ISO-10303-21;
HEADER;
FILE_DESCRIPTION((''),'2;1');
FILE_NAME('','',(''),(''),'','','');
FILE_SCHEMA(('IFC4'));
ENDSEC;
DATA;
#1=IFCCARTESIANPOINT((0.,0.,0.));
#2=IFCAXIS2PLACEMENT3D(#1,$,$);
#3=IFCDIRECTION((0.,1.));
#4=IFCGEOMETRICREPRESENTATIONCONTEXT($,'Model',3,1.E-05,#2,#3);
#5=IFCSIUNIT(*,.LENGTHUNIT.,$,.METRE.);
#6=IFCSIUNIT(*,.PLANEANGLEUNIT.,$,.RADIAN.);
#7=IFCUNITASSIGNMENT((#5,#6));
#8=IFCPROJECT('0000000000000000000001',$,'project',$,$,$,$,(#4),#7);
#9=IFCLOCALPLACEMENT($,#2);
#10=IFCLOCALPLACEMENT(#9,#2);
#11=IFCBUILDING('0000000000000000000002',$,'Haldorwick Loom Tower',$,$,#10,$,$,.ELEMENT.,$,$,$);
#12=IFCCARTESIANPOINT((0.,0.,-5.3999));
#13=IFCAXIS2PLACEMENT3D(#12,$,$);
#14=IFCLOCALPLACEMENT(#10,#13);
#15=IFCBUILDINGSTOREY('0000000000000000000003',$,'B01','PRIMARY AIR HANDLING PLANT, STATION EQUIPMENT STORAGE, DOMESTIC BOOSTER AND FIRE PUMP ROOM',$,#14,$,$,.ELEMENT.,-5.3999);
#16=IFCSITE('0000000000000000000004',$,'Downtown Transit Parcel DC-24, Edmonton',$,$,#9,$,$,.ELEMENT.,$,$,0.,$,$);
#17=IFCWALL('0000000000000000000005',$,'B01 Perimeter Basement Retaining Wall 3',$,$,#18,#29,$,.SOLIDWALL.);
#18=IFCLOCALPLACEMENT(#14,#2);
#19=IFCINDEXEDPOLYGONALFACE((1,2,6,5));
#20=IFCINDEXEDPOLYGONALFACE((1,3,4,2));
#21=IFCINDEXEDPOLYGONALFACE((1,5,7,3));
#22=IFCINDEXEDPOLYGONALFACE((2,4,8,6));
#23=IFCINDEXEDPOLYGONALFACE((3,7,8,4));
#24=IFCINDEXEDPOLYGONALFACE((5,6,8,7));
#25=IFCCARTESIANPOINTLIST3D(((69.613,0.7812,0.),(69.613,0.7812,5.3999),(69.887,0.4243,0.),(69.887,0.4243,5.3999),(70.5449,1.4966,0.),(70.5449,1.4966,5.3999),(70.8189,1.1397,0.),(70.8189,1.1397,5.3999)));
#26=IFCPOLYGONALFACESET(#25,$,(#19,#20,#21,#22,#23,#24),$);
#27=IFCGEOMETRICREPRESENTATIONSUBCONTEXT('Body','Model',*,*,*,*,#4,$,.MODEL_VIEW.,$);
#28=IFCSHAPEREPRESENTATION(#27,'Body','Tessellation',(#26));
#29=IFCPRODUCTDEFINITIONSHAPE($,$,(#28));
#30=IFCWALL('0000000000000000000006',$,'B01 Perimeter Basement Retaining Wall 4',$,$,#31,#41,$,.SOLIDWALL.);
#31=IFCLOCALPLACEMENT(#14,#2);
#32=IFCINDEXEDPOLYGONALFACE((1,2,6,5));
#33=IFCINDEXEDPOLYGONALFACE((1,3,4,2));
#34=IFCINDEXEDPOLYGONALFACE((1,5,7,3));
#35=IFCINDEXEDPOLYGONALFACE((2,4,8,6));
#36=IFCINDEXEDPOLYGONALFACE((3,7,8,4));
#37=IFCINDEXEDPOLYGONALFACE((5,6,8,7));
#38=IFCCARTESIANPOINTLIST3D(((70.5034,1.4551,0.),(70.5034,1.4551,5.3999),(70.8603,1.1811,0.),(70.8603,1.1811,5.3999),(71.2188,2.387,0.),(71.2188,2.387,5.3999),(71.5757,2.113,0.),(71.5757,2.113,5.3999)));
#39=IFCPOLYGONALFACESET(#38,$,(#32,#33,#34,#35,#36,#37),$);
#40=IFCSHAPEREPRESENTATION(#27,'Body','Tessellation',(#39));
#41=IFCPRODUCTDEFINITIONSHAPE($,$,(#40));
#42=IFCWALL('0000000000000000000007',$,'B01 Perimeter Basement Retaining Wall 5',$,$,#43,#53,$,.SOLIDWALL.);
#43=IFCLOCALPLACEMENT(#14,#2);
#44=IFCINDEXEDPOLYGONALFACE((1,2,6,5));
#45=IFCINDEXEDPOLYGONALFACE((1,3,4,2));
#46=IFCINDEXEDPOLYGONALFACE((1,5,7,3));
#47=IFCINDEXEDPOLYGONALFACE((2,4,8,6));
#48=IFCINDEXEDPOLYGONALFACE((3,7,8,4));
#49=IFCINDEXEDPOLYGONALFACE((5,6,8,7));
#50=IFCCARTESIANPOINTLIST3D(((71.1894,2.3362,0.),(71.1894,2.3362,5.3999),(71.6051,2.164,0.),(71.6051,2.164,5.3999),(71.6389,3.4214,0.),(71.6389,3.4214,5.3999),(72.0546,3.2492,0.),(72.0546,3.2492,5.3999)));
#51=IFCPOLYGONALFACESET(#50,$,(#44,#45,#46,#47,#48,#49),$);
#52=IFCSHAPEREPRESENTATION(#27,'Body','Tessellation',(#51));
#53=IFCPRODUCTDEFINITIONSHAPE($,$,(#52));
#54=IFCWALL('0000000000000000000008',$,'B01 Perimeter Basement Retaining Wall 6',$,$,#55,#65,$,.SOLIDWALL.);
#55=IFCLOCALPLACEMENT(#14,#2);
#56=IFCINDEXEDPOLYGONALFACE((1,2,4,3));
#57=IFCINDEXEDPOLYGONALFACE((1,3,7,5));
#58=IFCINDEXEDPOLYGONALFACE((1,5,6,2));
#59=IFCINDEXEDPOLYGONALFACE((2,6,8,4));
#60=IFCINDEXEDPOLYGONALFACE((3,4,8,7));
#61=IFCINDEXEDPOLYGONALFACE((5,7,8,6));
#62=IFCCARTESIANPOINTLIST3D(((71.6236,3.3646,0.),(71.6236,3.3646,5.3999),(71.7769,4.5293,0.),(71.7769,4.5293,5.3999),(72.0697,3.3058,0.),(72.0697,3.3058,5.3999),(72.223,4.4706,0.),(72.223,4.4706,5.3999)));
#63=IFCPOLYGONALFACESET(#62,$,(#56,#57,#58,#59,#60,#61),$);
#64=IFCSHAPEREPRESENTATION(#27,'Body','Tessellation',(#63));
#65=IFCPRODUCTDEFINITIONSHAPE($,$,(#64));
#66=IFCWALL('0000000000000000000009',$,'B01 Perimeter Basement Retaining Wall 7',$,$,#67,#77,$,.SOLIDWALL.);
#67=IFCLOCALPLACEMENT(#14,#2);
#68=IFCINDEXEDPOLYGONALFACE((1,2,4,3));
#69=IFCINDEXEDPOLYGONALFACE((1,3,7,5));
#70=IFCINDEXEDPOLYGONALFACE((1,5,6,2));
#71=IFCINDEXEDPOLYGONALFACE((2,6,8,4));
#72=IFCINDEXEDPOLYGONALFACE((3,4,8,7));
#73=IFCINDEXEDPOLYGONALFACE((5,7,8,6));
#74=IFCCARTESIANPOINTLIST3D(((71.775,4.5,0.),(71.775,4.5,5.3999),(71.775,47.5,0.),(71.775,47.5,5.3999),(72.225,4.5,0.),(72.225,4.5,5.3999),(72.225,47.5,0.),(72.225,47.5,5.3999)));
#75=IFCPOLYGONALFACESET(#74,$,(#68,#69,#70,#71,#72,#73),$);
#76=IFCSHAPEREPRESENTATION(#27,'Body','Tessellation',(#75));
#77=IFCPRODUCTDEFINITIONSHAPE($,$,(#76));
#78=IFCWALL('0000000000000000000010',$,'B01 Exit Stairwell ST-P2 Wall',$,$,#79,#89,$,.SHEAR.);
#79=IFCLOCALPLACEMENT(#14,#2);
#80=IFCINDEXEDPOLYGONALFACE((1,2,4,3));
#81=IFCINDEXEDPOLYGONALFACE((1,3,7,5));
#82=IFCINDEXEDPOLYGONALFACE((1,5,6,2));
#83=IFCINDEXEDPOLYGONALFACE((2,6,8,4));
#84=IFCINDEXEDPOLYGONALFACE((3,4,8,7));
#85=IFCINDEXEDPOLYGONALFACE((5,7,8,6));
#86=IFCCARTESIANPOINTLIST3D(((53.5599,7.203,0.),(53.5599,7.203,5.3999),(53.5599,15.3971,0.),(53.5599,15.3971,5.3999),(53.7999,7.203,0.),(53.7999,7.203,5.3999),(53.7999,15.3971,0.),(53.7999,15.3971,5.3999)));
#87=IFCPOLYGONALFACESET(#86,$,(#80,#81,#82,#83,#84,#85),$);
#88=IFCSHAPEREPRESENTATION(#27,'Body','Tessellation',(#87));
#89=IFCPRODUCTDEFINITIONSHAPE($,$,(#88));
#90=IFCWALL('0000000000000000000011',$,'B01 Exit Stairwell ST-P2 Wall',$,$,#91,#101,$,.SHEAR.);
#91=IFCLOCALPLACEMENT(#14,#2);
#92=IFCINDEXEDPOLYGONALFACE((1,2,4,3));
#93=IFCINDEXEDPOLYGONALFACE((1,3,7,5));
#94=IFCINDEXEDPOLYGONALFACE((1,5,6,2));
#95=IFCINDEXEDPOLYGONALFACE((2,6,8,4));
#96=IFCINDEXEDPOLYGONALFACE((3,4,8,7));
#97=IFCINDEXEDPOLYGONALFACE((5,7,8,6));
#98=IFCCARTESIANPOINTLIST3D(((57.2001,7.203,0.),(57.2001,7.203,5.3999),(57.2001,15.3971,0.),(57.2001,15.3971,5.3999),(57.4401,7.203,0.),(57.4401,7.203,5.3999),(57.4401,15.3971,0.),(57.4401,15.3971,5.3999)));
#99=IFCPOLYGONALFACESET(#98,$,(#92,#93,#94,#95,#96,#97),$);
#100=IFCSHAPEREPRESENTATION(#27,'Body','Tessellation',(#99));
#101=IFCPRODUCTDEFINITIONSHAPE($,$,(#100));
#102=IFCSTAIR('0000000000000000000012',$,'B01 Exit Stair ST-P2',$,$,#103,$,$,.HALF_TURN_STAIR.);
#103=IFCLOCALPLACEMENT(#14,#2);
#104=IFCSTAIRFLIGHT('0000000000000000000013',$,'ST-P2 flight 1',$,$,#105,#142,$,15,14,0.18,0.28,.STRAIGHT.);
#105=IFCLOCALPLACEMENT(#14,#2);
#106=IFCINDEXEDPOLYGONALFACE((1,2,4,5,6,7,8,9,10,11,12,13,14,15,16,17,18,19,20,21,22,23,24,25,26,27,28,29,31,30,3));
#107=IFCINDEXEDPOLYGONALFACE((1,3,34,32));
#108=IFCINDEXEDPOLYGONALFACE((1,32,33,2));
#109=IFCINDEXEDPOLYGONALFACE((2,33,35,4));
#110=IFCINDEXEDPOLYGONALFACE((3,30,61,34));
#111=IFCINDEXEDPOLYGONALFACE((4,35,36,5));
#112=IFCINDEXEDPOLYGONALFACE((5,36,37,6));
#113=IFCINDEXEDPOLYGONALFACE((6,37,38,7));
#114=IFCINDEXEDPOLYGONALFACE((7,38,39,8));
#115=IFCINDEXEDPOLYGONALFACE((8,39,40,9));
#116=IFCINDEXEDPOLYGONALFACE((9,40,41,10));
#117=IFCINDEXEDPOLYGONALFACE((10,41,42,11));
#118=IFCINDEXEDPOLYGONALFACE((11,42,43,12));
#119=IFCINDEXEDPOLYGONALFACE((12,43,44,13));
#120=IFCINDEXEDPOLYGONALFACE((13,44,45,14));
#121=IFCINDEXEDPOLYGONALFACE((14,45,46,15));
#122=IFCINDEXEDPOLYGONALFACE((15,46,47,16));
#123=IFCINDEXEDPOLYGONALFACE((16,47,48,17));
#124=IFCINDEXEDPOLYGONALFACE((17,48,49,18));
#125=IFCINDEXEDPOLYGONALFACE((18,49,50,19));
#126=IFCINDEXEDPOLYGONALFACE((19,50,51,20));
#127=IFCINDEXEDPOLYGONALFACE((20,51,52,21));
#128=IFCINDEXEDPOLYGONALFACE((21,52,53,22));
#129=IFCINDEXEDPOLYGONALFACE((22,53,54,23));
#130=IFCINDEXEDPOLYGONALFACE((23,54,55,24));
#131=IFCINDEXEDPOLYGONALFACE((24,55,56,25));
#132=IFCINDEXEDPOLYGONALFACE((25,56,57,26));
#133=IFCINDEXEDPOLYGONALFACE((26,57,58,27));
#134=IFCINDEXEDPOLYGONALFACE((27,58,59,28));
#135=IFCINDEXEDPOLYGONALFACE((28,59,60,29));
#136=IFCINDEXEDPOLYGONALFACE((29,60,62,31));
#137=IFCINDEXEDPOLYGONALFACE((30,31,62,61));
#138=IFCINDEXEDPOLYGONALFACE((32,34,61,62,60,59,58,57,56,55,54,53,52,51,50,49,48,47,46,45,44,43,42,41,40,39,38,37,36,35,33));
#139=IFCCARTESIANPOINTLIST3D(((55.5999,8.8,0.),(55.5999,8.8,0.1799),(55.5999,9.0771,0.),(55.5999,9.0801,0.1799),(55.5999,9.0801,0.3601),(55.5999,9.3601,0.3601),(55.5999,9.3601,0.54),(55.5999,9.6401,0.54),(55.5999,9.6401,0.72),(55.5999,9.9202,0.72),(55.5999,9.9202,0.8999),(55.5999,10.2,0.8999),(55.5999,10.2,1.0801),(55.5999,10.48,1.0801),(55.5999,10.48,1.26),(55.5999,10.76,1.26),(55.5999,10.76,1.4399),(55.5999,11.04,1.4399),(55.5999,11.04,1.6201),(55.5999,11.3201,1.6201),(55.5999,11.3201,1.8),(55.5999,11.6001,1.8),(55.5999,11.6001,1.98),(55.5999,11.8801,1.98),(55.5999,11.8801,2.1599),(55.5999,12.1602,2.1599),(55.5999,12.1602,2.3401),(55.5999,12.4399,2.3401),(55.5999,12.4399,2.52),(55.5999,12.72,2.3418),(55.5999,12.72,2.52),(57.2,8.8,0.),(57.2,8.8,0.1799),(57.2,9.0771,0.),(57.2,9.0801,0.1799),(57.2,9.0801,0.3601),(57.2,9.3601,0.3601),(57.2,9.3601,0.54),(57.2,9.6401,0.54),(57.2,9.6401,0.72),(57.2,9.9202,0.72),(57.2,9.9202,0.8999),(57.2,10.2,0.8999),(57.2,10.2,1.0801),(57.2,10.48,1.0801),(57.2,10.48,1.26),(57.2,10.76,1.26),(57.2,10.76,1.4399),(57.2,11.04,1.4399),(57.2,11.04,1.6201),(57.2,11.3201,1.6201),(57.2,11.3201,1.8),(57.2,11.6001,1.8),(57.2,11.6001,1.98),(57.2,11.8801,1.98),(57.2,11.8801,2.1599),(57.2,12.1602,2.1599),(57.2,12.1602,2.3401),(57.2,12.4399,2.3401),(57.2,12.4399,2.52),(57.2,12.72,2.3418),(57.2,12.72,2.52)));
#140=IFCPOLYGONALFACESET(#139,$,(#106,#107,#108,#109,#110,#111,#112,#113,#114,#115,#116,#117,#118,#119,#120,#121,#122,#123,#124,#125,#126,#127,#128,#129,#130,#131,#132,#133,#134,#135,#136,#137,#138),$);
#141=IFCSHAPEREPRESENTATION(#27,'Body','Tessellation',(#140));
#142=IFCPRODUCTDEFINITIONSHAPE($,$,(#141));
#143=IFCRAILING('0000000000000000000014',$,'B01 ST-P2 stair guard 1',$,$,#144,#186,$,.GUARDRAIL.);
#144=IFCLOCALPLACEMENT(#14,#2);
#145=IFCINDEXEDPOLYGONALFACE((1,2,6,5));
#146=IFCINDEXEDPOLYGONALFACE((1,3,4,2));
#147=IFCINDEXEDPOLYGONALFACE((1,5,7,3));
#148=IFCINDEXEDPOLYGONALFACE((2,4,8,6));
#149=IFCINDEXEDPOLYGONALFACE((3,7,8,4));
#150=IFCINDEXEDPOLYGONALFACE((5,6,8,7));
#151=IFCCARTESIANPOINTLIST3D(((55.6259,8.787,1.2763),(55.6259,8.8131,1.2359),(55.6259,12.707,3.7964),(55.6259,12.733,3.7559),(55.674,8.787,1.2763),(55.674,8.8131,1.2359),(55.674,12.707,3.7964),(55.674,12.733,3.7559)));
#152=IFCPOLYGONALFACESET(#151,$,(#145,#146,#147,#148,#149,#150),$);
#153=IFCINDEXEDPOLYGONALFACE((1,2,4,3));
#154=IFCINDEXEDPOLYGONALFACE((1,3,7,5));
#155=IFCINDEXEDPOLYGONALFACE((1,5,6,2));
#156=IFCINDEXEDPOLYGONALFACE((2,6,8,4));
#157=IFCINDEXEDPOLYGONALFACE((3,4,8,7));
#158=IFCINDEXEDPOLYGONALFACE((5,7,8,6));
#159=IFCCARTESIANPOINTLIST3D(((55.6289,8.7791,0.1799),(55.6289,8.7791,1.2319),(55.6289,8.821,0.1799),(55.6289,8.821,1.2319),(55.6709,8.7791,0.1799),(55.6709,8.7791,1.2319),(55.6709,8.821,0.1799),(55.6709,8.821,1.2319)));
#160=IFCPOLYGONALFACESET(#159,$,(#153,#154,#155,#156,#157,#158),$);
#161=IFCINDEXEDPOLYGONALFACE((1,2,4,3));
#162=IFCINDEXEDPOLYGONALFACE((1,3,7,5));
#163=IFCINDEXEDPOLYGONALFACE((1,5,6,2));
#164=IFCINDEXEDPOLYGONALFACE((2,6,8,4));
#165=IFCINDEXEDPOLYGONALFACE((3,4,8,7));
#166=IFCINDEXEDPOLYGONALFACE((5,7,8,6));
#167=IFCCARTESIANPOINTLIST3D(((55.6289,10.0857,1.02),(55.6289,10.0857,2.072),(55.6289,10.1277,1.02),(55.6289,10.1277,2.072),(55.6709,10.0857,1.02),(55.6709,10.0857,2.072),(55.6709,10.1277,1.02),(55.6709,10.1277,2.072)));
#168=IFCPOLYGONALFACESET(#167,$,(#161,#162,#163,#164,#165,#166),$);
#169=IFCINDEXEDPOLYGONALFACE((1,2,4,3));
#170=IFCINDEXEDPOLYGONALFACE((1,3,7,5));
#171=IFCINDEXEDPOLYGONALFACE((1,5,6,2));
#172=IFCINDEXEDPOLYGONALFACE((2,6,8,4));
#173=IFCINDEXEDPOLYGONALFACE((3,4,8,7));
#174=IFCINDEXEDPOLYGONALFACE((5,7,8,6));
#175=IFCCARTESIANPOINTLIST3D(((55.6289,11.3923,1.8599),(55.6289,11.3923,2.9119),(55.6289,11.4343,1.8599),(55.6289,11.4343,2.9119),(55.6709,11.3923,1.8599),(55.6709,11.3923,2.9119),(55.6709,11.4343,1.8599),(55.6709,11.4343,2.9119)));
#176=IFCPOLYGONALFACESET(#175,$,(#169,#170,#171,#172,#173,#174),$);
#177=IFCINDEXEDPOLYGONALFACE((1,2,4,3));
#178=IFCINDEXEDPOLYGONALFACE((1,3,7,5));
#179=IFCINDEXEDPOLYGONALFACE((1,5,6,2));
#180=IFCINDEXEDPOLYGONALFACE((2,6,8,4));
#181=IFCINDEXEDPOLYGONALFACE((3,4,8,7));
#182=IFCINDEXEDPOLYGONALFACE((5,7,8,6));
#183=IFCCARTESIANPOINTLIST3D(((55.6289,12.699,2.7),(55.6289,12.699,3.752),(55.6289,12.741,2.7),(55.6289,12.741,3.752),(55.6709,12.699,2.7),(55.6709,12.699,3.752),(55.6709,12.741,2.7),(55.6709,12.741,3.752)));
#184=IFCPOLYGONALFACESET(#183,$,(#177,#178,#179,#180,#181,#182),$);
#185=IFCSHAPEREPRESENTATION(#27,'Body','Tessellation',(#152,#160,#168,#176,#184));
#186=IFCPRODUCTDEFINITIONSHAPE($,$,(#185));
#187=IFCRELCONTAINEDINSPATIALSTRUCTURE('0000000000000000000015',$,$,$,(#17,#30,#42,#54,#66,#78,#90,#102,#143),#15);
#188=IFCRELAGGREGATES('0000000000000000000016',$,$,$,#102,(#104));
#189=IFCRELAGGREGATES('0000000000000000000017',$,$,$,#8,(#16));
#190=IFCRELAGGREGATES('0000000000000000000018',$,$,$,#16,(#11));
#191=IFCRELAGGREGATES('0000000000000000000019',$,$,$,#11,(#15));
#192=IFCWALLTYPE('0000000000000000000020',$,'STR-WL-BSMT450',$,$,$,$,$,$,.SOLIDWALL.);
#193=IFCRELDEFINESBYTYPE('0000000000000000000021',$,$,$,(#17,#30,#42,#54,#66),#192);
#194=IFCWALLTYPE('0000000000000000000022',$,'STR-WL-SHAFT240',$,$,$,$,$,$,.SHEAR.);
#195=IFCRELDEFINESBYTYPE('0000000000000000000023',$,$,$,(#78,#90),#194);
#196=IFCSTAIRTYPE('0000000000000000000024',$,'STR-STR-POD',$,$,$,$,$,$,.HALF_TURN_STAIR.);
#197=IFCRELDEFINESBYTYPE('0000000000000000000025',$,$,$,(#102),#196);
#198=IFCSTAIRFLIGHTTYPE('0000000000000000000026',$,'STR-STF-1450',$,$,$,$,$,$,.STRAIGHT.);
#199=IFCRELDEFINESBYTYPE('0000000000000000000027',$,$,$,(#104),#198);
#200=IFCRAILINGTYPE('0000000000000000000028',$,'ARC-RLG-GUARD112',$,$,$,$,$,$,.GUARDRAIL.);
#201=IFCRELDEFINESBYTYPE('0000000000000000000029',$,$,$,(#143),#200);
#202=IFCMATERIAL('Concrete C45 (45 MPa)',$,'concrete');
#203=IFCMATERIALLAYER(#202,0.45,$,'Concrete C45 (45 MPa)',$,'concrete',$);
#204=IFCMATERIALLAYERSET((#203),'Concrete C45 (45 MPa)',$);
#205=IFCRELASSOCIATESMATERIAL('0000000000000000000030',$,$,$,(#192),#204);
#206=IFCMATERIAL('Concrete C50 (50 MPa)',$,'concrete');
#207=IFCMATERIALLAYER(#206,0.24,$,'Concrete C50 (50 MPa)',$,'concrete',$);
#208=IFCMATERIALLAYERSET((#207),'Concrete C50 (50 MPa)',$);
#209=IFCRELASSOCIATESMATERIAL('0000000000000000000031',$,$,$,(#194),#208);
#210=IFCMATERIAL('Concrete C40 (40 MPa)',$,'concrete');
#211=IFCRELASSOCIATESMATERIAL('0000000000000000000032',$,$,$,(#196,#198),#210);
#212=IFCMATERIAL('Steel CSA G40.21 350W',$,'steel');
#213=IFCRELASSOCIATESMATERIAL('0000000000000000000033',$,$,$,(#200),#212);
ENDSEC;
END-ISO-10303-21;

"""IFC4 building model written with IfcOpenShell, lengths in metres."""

from ifc_helpers import new_model, si_unit, direction, frame, frame_2d, origin, origin_2d, place, context, subcontext, project, spatial, polyline, rectangle, outline, extrude, material, layer, layer_set, type_object, element, aggregate, save


model = new_model("IFC4")

# Units and contexts
model_context = context("Model", 3, precision=1e-05, world=origin(), true_north=direction((0.0, 1.0)))
body_context = subcontext(model_context, "Body", "Model", "MODEL_VIEW")
ifc_project = project(units=[si_unit("LENGTHUNIT", "METRE"), si_unit("PLANEANGLEUNIT", "RADIAN")], contexts=[model_context])

# Site, building, storey
site_placement = place(None, origin())
site = spatial("IfcSite", under=ifc_project, at=site_placement, Name="Downtown Transit Parcel DC-24, Edmonton", CompositionType="ELEMENT", RefElevation=0.0)
building_placement = place(site_placement, origin())
building = spatial("IfcBuilding", under=site, at=building_placement, Name="Haldorwick Loom Tower", CompositionType="ELEMENT")
storey_placement = place(building_placement, frame((0.0, 0.0, -5.3999)))
storey = spatial("IfcBuildingStorey", under=building, at=storey_placement, Name="B01", Description="PRIMARY AIR HANDLING PLANT, STATION EQUIPMENT STORAGE, DOMESTIC BOOSTER AND FIRE PUMP ROOM", CompositionType="ELEMENT", Elevation=-5.3999)

# Shared definitions
ifc_material_1 = material(Name="Concrete C50 (50 MPa)", Category="concrete")
ifc_material_2 = material(Name="Concrete C45 (45 MPa)", Category="concrete")

# Shared definitions
ifc_material_3 = material(Name="Steel CSA G40.21 350W", Category="steel")

# Walls
ifc_layer_1 = layer(ifc_material_2, 0.45, Name="Concrete C45 (45 MPa)", Category="concrete")
ifc_layer_set_1 = layer_set([ifc_layer_1], Name="Concrete C45 (45 MPa)")
wall_type_1 = type_object("IfcWallType", Name="STR-WL-BSMT450", PredefinedType="SOLIDWALL", material=ifc_layer_set_1)
for number, where, z_axis, x_axis, name in (
    (1, (69.75, 0.6028, 0.0), (0.0, 0.0, 1.0), (0.793242, 0.608907, 0.0), "B01 Perimeter Basement Retaining Wall 3"),
    (2, (70.6819, 1.3181, 0.0), (0.0, 0.0, 1.0), (0.608907, 0.793242, 0.0), "B01 Perimeter Basement Retaining Wall 4"),
):
    element("IfcWall", number, at=place(storey_placement, frame(where, z_axis=z_axis, x_axis=x_axis)), inside=storey, type_object=wall_type_1, Name=name, PredefinedType="SOLIDWALL", context=body_context, shape_type="SweptSolid", body=[
        extrude(rectangle(XDim=1.1748, YDim=0.45, at=frame_2d((0.5874, 0.0))), origin(), (0.0, 0.0, 1.0), 5.3999),
    ])
wall_1_placement = place(storey_placement, frame((71.3972, 2.25, 0.0), z_axis=(0.0, 0.0, 1.0), x_axis=(0.382652, 0.923893, 0.0)))
element("IfcWall", 3, at=wall_1_placement, inside=storey, type_object=wall_type_1, Name="B01 Perimeter Basement Retaining Wall 5", PredefinedType="SOLIDWALL", context=body_context, shape_type="SweptSolid", body=[
    extrude(rectangle(XDim=1.1746, YDim=0.45, at=frame_2d((0.5874, 0.0))), origin(), (0.0, 0.0, 1.0), 5.3999),
])
wall_2_placement = place(storey_placement, frame((71.8467, 3.3352, 0.0), z_axis=(0.0, 0.0, 1.0), x_axis=(0.130503, 0.991448, 0.0)))
element("IfcWall", 4, at=wall_2_placement, inside=storey, type_object=wall_type_1, Name="B01 Perimeter Basement Retaining Wall 6", PredefinedType="SOLIDWALL", context=body_context, shape_type="SweptSolid", body=[
    extrude(rectangle(XDim=1.1748, YDim=0.45, at=frame_2d((0.5874, 0.0))), origin(), (0.0, 0.0, 1.0), 5.3999),
])
wall_3_placement = place(storey_placement, frame((72.0, 4.5, 0.0), z_axis=(0.0, 0.0, 1.0), x_axis=(0.0, 1.0, 0.0)))
element("IfcWall", 5, at=wall_3_placement, inside=storey, type_object=wall_type_1, Name="B01 Perimeter Basement Retaining Wall 7", PredefinedType="SOLIDWALL", context=body_context, shape_type="SweptSolid", body=[
    extrude(rectangle(XDim=43.0, YDim=0.45, at=frame_2d((21.5, 0.0))), origin(), (0.0, 0.0, 1.0), 5.3999),
])
ifc_layer_2 = layer(ifc_material_1, 0.24, Name="Concrete C50 (50 MPa)", Category="concrete")
ifc_layer_set_2 = layer_set([ifc_layer_2], Name="Concrete C50 (50 MPa)")
wall_type_2 = type_object("IfcWallType", Name="STR-WL-SHAFT240", PredefinedType="SHEAR", material=ifc_layer_set_2)
for number, where, z_axis, x_axis, name in (
    (6, (53.6799, 7.2029, 0.0), (0.0, 0.0, 1.0), (0.0, 1.0, 0.0), "B01 Exit Stairwell ST-P2 Wall"),
    (7, (57.3201, 7.2029, 0.0), (0.0, 0.0, 1.0), (0.0, 1.0, 0.0), "B01 Exit Stairwell ST-P2 Wall"),
):
    element("IfcWall", number, at=place(storey_placement, frame(where, z_axis=z_axis, x_axis=x_axis)), inside=storey, type_object=wall_type_2, Name=name, PredefinedType="SHEAR", context=body_context, shape_type="SweptSolid", body=[
        extrude(rectangle(XDim=8.1941, YDim=0.24, at=frame_2d((4.0972, 0.0))), origin(), (0.0, 0.0, 1.0), 5.3999),
    ])

# Stair, stair flight
ifc_material_4 = material(Name="Concrete C40 (40 MPa)", Category="concrete")
stair_type = type_object("IfcStairType", Name="STR-STR-POD", PredefinedType="HALF_TURN_STAIR", material=ifc_material_4)
stair_placement = place(storey_placement, origin())
stair = element("IfcStair", 8, at=stair_placement, inside=storey, type_object=stair_type, Name="B01 Exit Stair ST-P2", PredefinedType="HALF_TURN_STAIR")
stair_flight_type = type_object("IfcStairFlightType", Name="STR-STF-1450", PredefinedType="STRAIGHT", material=ifc_material_4)
stair_flight_placement = place(storey_placement, frame((56.3999, 8.8, 0.0), z_axis=(0.0, 0.0, 1.0), x_axis=(0.0, 1.0, 0.0)))
stair_flight = element("IfcStairFlight", 9, at=stair_flight_placement, type_object=stair_flight_type, Name="ST-P2 flight 1", NumberOfRisers=15, NumberOfTreads=14, PredefinedType="STRAIGHT", RiserHeight=0.18, TreadLength=0.28, context=body_context, shape_type="SweptSolid", body=[
    extrude(outline(polyline([(0.0, 0.0), (0.0, 0.1799), (0.28, 0.1799), (0.28, 0.3601), (0.5601, 0.3601), (0.5601, 0.54), (0.8401, 0.54), (0.8401, 0.72), (1.1201, 0.72), (1.1201, 0.8999), (1.3999, 0.8999), (1.3999, 1.0801), (1.6799, 1.0801), (1.6799, 1.26), (1.96, 1.26), (1.96, 1.4399), (2.24, 1.4399), (2.24, 1.6201), (2.52, 1.6201), (2.52, 1.8), (2.8, 1.8), (2.8, 1.98), (3.0801, 1.98), (3.0801, 2.1599), (3.3601, 2.1599), (3.3601, 2.3401), (3.6399, 2.3401), (3.6399, 2.52), (3.9199, 2.52), (3.9199, 2.7), (3.9199, 2.3418), (0.2771, 0.0), (0.0, 0.0)])), frame((0.0, 0.8, 0.0), z_axis=(0.0, -1.0, 0.0), x_axis=(1.0, 0.0, 0.0)), (0.0, 0.0, 1.0), 1.6001),
])
aggregate(stair, [stair_flight])

# Railing
railing_type_1 = type_object("IfcRailingType", Name="ARC-RLG-GUARD112", PredefinedType="GUARDRAIL", material=ifc_material_3)
railing_1_placement = place(storey_placement, frame((55.6499, 8.8, 0.1799)))
element("IfcRailing", 10, at=railing_1_placement, inside=storey, type_object=railing_type_1, Name="B01 ST-P2 stair guard 1", PredefinedType="GUARDRAIL", context=body_context, shape_type="SweptSolid", body=[
    extrude(rectangle(XDim=0.0481, YDim=0.0481, at=origin_2d()), frame((0.0, 0.0, 1.0762), z_axis=(0.0, 0.841172, 0.540768), x_axis=(-1.0, 0.0, 0.0)), (0.0, 0.0, 1.0), 4.6602),
    extrude(rectangle(XDim=0.042, YDim=0.042, at=origin_2d()), origin(), (0.0, 0.0, 1.0), 1.052),
    extrude(rectangle(XDim=0.042, YDim=0.042, at=origin_2d()), frame((0.0, 1.3066, 0.8401)), (0.0, 0.0, 1.0), 1.052),
    extrude(rectangle(XDim=0.042, YDim=0.042, at=origin_2d()), frame((0.0, 2.6133, 1.6799)), (0.0, 0.0, 1.0), 1.052),
    extrude(rectangle(XDim=0.042, YDim=0.042, at=origin_2d()), frame((0.0, 3.9199, 2.52)), (0.0, 0.0, 1.0), 1.052),
])

save(model, "model.ifc")
